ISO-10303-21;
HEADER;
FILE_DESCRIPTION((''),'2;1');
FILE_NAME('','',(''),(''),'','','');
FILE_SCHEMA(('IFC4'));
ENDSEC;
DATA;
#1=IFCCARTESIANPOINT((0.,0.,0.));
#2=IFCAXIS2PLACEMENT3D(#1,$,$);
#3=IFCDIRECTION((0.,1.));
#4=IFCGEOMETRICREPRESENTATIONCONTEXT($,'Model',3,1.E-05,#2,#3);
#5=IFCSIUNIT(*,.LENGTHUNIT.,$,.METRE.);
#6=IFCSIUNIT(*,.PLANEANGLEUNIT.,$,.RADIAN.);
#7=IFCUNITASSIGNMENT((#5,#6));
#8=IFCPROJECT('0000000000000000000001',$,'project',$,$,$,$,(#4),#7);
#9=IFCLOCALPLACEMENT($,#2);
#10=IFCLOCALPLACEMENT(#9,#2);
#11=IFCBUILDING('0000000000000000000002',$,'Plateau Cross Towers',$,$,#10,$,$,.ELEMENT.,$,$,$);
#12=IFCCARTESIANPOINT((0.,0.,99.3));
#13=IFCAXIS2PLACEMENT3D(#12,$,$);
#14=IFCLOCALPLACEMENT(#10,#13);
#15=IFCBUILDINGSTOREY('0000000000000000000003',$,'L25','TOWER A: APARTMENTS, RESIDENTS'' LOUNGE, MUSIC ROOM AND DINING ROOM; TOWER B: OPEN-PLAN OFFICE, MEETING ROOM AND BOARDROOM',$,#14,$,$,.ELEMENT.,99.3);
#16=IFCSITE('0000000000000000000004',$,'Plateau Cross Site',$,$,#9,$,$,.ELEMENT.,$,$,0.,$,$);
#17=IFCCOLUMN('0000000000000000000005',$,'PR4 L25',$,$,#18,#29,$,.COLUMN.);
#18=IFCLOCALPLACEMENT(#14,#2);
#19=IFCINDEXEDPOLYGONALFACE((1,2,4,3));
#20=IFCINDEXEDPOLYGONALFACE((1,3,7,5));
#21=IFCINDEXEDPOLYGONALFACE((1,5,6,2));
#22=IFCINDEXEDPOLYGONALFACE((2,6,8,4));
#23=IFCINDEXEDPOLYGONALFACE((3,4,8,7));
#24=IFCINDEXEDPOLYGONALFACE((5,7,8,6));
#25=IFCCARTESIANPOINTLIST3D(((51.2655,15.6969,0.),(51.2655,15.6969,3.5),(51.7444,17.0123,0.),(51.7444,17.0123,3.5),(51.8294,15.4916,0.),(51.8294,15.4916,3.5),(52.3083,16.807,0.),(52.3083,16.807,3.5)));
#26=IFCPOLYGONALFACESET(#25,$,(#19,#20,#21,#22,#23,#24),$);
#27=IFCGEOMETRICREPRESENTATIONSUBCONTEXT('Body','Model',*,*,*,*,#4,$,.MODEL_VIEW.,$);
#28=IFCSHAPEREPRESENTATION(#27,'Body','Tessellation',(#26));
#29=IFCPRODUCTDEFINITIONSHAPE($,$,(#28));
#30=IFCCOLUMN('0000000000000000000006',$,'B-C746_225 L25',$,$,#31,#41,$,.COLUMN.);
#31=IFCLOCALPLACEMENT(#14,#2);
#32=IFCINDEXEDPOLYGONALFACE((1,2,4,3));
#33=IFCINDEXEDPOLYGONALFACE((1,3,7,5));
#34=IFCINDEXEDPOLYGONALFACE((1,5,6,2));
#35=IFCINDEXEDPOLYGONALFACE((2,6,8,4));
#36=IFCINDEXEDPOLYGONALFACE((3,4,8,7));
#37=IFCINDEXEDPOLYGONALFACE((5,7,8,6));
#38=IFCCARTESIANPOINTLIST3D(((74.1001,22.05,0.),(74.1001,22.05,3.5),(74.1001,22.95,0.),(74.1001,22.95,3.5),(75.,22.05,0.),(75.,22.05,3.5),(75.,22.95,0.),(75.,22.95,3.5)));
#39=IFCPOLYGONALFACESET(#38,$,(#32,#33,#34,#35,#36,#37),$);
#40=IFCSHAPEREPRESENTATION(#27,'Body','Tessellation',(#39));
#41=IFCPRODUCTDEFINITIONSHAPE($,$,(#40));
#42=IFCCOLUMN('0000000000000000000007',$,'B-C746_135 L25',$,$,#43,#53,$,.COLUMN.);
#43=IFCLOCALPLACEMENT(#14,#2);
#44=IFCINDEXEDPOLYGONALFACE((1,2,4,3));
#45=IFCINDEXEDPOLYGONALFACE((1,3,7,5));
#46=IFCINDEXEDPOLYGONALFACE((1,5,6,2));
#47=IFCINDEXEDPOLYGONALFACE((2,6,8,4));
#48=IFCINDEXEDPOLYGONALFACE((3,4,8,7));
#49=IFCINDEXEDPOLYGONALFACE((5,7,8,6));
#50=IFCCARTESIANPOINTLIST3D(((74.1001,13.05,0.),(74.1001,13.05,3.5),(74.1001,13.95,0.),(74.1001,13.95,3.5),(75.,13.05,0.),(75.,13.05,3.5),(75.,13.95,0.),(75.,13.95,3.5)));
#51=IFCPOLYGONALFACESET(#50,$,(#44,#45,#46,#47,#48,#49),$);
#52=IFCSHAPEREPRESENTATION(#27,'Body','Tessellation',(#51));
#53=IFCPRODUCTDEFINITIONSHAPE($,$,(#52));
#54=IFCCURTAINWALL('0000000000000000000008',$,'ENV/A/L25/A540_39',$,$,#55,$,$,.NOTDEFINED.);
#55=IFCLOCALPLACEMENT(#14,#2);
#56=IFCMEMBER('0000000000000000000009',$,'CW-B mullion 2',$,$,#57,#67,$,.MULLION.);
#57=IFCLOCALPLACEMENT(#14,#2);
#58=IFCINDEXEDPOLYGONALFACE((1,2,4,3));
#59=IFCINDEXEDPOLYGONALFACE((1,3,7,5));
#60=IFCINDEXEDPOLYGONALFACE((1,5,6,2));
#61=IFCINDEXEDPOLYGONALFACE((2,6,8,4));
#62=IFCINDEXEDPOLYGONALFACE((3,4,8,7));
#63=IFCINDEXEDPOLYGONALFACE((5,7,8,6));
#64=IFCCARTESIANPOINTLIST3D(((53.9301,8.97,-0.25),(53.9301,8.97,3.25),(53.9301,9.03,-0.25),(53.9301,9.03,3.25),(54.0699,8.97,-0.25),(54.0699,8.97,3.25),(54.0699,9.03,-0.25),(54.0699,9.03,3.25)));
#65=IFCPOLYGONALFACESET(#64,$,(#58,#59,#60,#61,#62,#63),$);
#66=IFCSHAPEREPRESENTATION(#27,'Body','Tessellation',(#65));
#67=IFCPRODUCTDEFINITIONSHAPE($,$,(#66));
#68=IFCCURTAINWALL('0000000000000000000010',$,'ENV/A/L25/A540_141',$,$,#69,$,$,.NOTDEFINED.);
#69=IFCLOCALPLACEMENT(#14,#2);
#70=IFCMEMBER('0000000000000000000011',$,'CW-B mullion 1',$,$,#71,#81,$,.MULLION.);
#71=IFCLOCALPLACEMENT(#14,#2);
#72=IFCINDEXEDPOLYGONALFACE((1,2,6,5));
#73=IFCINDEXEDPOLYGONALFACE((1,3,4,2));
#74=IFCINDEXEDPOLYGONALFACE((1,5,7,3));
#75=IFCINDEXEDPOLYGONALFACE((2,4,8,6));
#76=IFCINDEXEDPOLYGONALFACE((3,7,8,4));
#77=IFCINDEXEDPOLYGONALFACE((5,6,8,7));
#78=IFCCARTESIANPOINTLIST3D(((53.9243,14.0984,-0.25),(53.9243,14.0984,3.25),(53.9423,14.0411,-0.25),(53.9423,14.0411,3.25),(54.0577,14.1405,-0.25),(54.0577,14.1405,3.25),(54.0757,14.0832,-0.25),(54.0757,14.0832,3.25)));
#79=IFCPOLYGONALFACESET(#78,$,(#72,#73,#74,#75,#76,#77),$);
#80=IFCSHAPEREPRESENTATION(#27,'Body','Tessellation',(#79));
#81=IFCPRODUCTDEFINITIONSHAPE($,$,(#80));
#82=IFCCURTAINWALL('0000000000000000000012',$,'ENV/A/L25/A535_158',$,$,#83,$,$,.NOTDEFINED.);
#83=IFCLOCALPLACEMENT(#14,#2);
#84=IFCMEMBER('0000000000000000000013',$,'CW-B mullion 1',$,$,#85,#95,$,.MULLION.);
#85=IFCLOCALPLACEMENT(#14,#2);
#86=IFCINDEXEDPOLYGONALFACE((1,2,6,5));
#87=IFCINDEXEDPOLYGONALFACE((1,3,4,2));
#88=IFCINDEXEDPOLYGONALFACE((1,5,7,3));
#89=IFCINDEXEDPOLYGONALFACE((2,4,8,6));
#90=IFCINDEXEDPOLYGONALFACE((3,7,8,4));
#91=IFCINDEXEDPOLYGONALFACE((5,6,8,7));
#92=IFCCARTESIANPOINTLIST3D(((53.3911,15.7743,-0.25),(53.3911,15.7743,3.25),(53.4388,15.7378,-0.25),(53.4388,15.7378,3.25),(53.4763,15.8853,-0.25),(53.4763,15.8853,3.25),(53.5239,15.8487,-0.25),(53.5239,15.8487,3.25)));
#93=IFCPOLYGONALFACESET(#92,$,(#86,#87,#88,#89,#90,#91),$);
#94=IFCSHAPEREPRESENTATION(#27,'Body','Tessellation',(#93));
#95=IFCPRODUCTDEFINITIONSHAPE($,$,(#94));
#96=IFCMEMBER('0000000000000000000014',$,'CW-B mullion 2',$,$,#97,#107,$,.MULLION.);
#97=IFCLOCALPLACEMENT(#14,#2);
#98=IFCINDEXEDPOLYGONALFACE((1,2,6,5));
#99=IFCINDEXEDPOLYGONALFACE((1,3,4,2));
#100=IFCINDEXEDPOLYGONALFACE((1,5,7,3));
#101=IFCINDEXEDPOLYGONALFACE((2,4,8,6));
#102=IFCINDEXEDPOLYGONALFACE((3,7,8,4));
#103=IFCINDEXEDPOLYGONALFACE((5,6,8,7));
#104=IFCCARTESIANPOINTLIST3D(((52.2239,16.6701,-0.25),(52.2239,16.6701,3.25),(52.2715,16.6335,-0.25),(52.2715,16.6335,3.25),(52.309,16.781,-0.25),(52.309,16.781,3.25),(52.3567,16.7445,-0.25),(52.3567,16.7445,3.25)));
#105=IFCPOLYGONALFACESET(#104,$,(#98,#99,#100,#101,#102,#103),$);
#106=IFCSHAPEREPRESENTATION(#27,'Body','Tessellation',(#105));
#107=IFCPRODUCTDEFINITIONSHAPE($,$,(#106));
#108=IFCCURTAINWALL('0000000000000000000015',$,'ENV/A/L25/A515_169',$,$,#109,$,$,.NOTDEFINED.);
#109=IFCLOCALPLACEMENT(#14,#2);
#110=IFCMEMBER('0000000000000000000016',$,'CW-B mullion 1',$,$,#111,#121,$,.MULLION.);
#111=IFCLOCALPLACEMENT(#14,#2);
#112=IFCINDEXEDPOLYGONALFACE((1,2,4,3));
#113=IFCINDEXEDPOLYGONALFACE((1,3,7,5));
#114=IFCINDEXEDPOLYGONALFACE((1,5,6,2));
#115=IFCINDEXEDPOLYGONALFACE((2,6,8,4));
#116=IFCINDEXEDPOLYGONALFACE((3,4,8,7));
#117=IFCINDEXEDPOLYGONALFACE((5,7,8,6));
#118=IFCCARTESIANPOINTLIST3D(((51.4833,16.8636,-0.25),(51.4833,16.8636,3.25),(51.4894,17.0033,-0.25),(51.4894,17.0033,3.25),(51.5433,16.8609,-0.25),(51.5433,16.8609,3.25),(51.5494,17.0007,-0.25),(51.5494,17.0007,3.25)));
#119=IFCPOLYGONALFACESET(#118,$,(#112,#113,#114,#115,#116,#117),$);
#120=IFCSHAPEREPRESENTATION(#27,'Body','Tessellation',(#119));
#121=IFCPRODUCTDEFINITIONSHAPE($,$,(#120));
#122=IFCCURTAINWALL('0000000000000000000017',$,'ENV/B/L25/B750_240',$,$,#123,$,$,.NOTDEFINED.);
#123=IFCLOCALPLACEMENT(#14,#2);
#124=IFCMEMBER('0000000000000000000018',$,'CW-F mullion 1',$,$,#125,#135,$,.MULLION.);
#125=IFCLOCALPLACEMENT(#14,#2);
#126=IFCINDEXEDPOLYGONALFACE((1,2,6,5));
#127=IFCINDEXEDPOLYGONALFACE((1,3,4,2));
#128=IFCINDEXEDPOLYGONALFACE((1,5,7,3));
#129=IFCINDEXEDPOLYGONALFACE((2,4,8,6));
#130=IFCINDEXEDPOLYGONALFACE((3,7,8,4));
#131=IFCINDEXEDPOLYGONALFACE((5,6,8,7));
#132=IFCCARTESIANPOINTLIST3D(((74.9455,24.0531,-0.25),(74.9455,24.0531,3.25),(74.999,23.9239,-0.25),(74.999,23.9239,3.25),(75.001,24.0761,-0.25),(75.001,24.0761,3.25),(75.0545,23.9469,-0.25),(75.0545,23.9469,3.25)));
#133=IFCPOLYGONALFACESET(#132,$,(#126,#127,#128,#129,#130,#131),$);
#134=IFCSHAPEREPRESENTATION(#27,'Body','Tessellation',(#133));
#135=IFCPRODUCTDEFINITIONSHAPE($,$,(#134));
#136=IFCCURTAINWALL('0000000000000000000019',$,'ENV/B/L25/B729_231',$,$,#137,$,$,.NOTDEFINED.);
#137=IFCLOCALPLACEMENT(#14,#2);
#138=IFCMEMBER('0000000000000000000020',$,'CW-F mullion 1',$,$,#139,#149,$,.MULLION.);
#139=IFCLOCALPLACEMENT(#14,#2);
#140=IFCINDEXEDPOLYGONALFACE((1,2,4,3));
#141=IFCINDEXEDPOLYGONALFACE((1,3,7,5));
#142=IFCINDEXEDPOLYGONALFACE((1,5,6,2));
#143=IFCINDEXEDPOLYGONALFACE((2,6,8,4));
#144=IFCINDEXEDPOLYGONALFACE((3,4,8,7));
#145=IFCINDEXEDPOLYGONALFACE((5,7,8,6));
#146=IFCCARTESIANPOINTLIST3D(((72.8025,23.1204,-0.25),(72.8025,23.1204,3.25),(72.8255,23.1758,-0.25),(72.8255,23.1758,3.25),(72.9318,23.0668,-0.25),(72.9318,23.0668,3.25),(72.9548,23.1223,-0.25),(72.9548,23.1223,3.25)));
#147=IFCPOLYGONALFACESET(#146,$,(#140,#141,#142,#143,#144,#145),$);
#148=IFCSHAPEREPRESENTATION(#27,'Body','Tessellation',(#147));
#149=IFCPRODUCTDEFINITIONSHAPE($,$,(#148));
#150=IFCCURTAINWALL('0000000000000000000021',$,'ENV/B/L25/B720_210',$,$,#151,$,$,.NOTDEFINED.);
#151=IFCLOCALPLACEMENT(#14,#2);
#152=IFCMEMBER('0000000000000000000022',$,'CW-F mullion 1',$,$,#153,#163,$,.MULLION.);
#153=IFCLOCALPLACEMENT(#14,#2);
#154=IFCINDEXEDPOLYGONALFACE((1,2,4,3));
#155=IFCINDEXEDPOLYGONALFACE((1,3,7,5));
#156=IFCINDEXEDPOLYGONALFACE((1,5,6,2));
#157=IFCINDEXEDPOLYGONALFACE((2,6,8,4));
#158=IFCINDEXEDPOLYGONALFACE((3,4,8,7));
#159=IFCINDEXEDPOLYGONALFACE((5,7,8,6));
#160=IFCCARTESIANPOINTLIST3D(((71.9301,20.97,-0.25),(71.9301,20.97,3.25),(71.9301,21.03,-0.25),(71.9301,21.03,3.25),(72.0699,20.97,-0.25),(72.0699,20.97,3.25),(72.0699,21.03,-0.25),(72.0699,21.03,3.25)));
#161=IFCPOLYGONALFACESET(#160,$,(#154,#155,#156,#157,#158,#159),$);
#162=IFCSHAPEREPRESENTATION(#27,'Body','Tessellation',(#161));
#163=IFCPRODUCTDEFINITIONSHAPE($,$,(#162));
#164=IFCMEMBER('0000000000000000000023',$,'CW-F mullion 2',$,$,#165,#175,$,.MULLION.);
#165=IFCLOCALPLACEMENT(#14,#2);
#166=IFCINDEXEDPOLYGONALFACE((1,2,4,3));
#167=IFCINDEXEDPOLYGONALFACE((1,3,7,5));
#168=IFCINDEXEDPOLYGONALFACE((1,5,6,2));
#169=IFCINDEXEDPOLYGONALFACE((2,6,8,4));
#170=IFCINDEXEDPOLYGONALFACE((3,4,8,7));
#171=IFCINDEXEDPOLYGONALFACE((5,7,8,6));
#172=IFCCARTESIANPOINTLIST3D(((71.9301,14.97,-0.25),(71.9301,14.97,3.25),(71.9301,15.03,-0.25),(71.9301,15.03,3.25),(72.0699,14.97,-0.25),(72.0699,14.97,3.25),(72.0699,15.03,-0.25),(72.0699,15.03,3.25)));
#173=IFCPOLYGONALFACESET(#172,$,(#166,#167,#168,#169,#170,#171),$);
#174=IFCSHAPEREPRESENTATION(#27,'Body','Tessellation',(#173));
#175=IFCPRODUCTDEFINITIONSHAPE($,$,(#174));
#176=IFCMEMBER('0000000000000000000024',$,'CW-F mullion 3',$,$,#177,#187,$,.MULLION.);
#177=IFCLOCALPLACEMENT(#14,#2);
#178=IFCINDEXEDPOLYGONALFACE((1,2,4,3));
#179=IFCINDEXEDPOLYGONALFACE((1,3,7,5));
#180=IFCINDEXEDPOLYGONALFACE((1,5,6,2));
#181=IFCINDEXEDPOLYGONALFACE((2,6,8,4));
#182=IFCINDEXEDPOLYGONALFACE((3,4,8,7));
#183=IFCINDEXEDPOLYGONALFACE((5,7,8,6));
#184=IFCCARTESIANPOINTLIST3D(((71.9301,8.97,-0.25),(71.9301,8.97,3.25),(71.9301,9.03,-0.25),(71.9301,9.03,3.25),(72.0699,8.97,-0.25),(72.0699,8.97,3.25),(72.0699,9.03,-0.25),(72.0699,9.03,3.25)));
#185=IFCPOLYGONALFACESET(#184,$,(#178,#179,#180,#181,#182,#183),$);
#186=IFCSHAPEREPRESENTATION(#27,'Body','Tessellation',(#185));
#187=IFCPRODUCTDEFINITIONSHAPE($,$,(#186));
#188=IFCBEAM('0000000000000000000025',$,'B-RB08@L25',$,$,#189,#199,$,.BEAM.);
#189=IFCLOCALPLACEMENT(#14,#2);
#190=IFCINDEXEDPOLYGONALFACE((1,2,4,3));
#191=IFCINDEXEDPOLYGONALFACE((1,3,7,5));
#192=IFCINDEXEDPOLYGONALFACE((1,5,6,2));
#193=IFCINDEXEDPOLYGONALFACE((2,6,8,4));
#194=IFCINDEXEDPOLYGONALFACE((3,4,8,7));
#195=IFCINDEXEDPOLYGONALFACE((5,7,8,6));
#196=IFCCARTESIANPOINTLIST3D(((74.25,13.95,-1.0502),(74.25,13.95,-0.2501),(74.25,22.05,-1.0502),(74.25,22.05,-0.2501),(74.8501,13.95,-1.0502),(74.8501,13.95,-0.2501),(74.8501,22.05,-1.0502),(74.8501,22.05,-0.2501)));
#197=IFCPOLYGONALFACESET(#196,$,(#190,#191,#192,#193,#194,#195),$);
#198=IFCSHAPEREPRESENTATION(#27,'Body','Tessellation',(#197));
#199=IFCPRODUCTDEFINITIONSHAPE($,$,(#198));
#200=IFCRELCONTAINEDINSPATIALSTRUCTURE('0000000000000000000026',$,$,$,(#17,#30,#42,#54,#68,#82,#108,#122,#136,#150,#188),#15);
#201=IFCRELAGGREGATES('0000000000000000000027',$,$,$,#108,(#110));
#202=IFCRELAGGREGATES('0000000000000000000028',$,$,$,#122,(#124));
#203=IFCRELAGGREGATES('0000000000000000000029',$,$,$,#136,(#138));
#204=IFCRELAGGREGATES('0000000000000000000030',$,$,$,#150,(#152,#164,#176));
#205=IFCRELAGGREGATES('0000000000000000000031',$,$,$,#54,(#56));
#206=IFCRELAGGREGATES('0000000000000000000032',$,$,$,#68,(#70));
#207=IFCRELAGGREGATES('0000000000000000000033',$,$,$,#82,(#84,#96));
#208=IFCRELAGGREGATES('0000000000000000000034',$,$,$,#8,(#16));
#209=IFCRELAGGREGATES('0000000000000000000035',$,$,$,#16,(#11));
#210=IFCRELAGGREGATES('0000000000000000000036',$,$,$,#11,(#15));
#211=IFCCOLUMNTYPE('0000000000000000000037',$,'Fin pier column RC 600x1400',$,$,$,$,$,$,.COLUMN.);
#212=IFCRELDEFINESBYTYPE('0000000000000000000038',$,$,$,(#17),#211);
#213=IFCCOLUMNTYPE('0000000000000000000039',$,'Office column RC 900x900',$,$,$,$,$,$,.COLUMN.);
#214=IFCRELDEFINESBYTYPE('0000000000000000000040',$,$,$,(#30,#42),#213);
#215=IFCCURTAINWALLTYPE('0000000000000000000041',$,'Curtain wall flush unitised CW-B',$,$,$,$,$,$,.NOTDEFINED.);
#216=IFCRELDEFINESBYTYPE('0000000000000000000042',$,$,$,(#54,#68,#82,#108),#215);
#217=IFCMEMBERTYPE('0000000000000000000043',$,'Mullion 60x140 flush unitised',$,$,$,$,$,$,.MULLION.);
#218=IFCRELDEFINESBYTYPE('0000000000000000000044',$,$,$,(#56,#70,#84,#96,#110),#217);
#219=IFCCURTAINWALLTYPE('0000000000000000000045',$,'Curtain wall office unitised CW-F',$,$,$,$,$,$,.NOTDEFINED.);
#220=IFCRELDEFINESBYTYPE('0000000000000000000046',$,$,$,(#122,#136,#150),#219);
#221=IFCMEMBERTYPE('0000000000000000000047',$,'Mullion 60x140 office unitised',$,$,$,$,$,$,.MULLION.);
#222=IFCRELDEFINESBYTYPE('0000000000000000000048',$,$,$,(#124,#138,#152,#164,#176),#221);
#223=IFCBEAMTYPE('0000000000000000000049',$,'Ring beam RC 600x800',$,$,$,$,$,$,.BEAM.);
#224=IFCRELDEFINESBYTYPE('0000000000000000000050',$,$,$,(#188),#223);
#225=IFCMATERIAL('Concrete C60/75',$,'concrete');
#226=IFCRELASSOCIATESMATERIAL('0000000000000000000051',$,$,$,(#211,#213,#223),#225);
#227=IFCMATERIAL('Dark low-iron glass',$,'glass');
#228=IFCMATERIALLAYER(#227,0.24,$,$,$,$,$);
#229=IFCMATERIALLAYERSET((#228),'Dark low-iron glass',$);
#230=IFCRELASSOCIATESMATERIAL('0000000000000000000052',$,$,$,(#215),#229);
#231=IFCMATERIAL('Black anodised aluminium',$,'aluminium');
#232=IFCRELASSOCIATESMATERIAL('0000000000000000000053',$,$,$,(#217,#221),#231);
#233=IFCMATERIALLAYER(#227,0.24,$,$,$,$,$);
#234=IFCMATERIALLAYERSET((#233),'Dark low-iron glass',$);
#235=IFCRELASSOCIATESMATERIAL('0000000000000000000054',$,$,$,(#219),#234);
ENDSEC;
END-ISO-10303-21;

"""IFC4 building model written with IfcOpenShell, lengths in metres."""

from ifc_helpers import new_model, si_unit, direction, frame, origin, origin_2d, place, context, subcontext, project, spatial, rectangle, extrude, material, layer, layer_set, material_profile, profile_set, type_object, element, aggregate, save


model = new_model("IFC4")

# Units and contexts
model_context = context("Model", 3, precision=1e-05, world=origin(), true_north=direction((0.0, 1.0)))
body_context = subcontext(model_context, "Body", "Model", "MODEL_VIEW")
ifc_project = project(units=[si_unit("LENGTHUNIT", "METRE"), si_unit("PLANEANGLEUNIT", "RADIAN")], contexts=[model_context])

# Site, building, storey
site_placement = place(None, origin())
site = spatial("IfcSite", under=ifc_project, at=site_placement, Name="Plateau Cross Site", CompositionType="ELEMENT", RefElevation=0.0)
building_placement = place(site_placement, origin())
building = spatial("IfcBuilding", under=site, at=building_placement, Name="Plateau Cross Towers", CompositionType="ELEMENT")
storey_placement = place(building_placement, frame((0.0, 0.0, 99.3)))
storey = spatial("IfcBuildingStorey", under=building, at=storey_placement, Name="L25", Description="TOWER A: APARTMENTS, RESIDENTS' LOUNGE, MUSIC ROOM AND DINING ROOM; TOWER B: OPEN-PLAN OFFICE, MEETING ROOM AND BOARDROOM", CompositionType="ELEMENT", Elevation=99.3)

# Columns
ifc_material_1 = material(Name="Concrete C60/75", Category="concrete")
ifc_material_profile_1 = material_profile(ifc_material_1, rectangle(XDim=0.6001, YDim=1.3999, at=origin_2d()), Name="RC 600x1400")
ifc_profile_set_1 = profile_set([ifc_material_profile_1], Name="Concrete C60/75")
column_type_1 = type_object("IfcColumnType", Name="Fin pier column RC 600x1400", PredefinedType="COLUMN", material=ifc_profile_set_1)
column_placement = place(storey_placement, frame((51.7869, 16.252, 0.0), z_axis=(0.0, 0.0, 1.0), x_axis=(-0.939664, 0.342098, 0.0)))
element("IfcColumn", 1, at=column_placement, inside=storey, type_object=column_type_1, Name="PR4 L25", PredefinedType="COLUMN", context=body_context, shape_type="SweptSolid", body=[
    extrude(rectangle(XDim=0.6001, YDim=1.3999, at=origin_2d()), origin(), (0.0, 0.0, 1.0), 3.5),
])
ifc_material_profile_2 = material_profile(ifc_material_1, rectangle(XDim=0.8999, YDim=0.8999, at=origin_2d()), Name="RC 900x900")
ifc_profile_set_2 = profile_set([ifc_material_profile_2], Name="Concrete C60/75")
column_type_2 = type_object("IfcColumnType", Name="Office column RC 900x900", PredefinedType="COLUMN", material=ifc_profile_set_2)
for number, where, z_axis, x_axis, name in (
    (2, (74.55, 22.5, 0.0), (0.0, 0.0, 1.0), (1.0, 0.0, 0.0), "B-C746_225 L25"),
    (3, (74.55, 13.5, 0.0), (0.0, 0.0, 1.0), (1.0, 0.0, 0.0), "B-C746_135 L25"),
):
    element("IfcColumn", number, at=place(storey_placement, frame(where, z_axis=z_axis, x_axis=x_axis)), inside=storey, type_object=column_type_2, Name=name, PredefinedType="COLUMN", context=body_context, shape_type="SweptSolid", body=[
        extrude(rectangle(XDim=0.8999, YDim=0.8999, at=origin_2d()), origin(), (0.0, 0.0, 1.0), 3.5),
    ])

# Curtain walls, members
ifc_material_2 = material(Name="Dark low-iron glass", Category="glass")
ifc_layer_1 = layer(ifc_material_2, 0.24)
ifc_layer_set_1 = layer_set([ifc_layer_1], Name="Dark low-iron glass")
curtain_wall_type_1 = type_object("IfcCurtainWallType", Name="Curtain wall flush unitised CW-B", PredefinedType="NOTDEFINED", material=ifc_layer_set_1)
curtain_wall_1_placement = place(storey_placement, origin())
curtain_wall_1 = element("IfcCurtainWall", 4, at=curtain_wall_1_placement, inside=storey, type_object=curtain_wall_type_1, Name="ENV/A/L25/A540_39", PredefinedType="NOTDEFINED")
ifc_material_3 = material(Name="Black anodised aluminium", Category="aluminium")
ifc_material_profile_3 = material_profile(ifc_material_3, rectangle(XDim=0.0601, YDim=0.1399, at=origin_2d()), Name="MULLION 60x140")
ifc_profile_set_3 = profile_set([ifc_material_profile_3], Name="Black anodised aluminium")
member_type_1 = type_object("IfcMemberType", Name="Mullion 60x140 flush unitised", PredefinedType="MULLION", material=ifc_profile_set_3)
member_1_placement = place(storey_placement, frame((54.0, 9.0, -0.25), z_axis=(0.0, 0.0, 1.0), x_axis=(0.0, 1.0, 0.0)))
member_1 = element("IfcMember", 5, at=member_1_placement, type_object=member_type_1, Name="CW-B mullion 2", PredefinedType="MULLION", context=body_context, shape_type="SweptSolid", body=[
    extrude(rectangle(XDim=0.0601, YDim=0.1399, at=origin_2d()), origin(), (0.0, 0.0, 1.0), 3.5),
])
curtain_wall_2_placement = place(storey_placement, origin())
curtain_wall_2 = element("IfcCurtainWall", 6, at=curtain_wall_2_placement, inside=storey, type_object=curtain_wall_type_1, Name="ENV/A/L25/A540_141", PredefinedType="NOTDEFINED")
member_2_placement = place(storey_placement, frame((54.0, 14.0908, -0.25), z_axis=(0.0, 0.0, 1.0), x_axis=(-0.300686, 0.953723, 0.0)))
member_2 = element("IfcMember", 7, at=member_2_placement, type_object=member_type_1, Name="CW-B mullion 1", PredefinedType="MULLION", context=body_context, shape_type="SweptSolid", body=[
    extrude(rectangle(XDim=0.0601, YDim=0.1399, at=origin_2d()), origin(), (0.0, 0.0, 1.0), 3.5),
])

# Curtain wall, members
curtain_wall_3_placement = place(storey_placement, origin())
curtain_wall_3 = element("IfcCurtainWall", 8, at=curtain_wall_3_placement, inside=storey, type_object=curtain_wall_type_1, Name="ENV/A/L25/A535_158", PredefinedType="NOTDEFINED")
member_3_placement = place(storey_placement, frame((53.4575, 15.8115, -0.25), z_axis=(0.0, 0.0, 1.0), x_axis=(-0.793316, 0.608811, 0.0)))
member_3 = element("IfcMember", 9, at=member_3_placement, type_object=member_type_1, Name="CW-B mullion 1", PredefinedType="MULLION", context=body_context, shape_type="SweptSolid", body=[
    extrude(rectangle(XDim=0.0601, YDim=0.1399, at=origin_2d()), origin(), (0.0, 0.0, 1.0), 3.5),
])
member_4_placement = place(storey_placement, frame((52.2903, 16.7073, -0.25), z_axis=(0.0, 0.0, 1.0), x_axis=(-0.793316, 0.608811, 0.0)))
member_4 = element("IfcMember", 10, at=member_4_placement, type_object=member_type_1, Name="CW-B mullion 2", PredefinedType="MULLION", context=body_context, shape_type="SweptSolid", body=[
    extrude(rectangle(XDim=0.0601, YDim=0.1399, at=origin_2d()), origin(), (0.0, 0.0, 1.0), 3.5),
])

# Curtain walls, members
curtain_wall_4_placement = place(storey_placement, origin())
curtain_wall_4 = element("IfcCurtainWall", 11, at=curtain_wall_4_placement, inside=storey, type_object=curtain_wall_type_1, Name="ENV/A/L25/A515_169", PredefinedType="NOTDEFINED")
member_5_placement = place(storey_placement, frame((51.5164, 16.9321, -0.25), z_axis=(0.0, 0.0, 1.0), x_axis=(-0.999044, 0.043723, 0.0)))
member_5 = element("IfcMember", 12, at=member_5_placement, type_object=member_type_1, Name="CW-B mullion 1", PredefinedType="MULLION", context=body_context, shape_type="SweptSolid", body=[
    extrude(rectangle(XDim=0.0601, YDim=0.1399, at=origin_2d()), origin(), (0.0, 0.0, 1.0), 3.5),
])
ifc_layer_2 = layer(ifc_material_2, 0.24)
ifc_layer_set_2 = layer_set([ifc_layer_2], Name="Dark low-iron glass")
curtain_wall_type_2 = type_object("IfcCurtainWallType", Name="Curtain wall office unitised CW-F", PredefinedType="NOTDEFINED", material=ifc_layer_set_2)
curtain_wall_5_placement = place(storey_placement, origin())
curtain_wall_5 = element("IfcCurtainWall", 13, at=curtain_wall_5_placement, inside=storey, type_object=curtain_wall_type_2, Name="ENV/B/L25/B750_240", PredefinedType="NOTDEFINED")
ifc_material_profile_4 = material_profile(ifc_material_3, rectangle(XDim=0.0601, YDim=0.1399, at=origin_2d()), Name="MULLION 60x140")
ifc_profile_set_4 = profile_set([ifc_material_profile_4], Name="Black anodised aluminium")
member_type_2 = type_object("IfcMemberType", Name="Mullion 60x140 office unitised", PredefinedType="MULLION", material=ifc_profile_set_4)
member_6_placement = place(storey_placement, frame((75.0, 24.0, -0.25), z_axis=(0.0, 0.0, 1.0), x_axis=(-0.923879, -0.382684, 0.0)))
member_6 = element("IfcMember", 14, at=member_6_placement, type_object=member_type_2, Name="CW-F mullion 1", PredefinedType="MULLION", context=body_context, shape_type="SweptSolid", body=[
    extrude(rectangle(XDim=0.0601, YDim=0.1399, at=origin_2d()), origin(), (0.0, 0.0, 1.0), 3.5),
])
curtain_wall_6_placement = place(storey_placement, origin())
curtain_wall_6 = element("IfcCurtainWall", 15, at=curtain_wall_6_placement, inside=storey, type_object=curtain_wall_type_2, Name="ENV/B/L25/B729_231", PredefinedType="NOTDEFINED")
member_7_placement = place(storey_placement, frame((72.8787, 23.1213, -0.25), z_axis=(0.0, 0.0, 1.0), x_axis=(-0.382684, -0.923879, 0.0)))
member_7 = element("IfcMember", 16, at=member_7_placement, type_object=member_type_2, Name="CW-F mullion 1", PredefinedType="MULLION", context=body_context, shape_type="SweptSolid", body=[
    extrude(rectangle(XDim=0.0601, YDim=0.1399, at=origin_2d()), origin(), (0.0, 0.0, 1.0), 3.5),
])

# Curtain wall, members
curtain_wall_7_placement = place(storey_placement, origin())
curtain_wall_7 = element("IfcCurtainWall", 17, at=curtain_wall_7_placement, inside=storey, type_object=curtain_wall_type_2, Name="ENV/B/L25/B720_210", PredefinedType="NOTDEFINED")
member_8_placement = place(storey_placement, frame((72.0, 21.0, -0.25), z_axis=(0.0, 0.0, 1.0), x_axis=(0.0, -1.0, 0.0)))
member_8 = element("IfcMember", 18, at=member_8_placement, type_object=member_type_2, Name="CW-F mullion 1", PredefinedType="MULLION", context=body_context, shape_type="SweptSolid", body=[
    extrude(rectangle(XDim=0.0601, YDim=0.1399, at=origin_2d()), origin(), (0.0, 0.0, 1.0), 3.5),
])
member_9_placement = place(storey_placement, frame((72.0, 15.0, -0.25), z_axis=(0.0, 0.0, 1.0), x_axis=(0.0, -1.0, 0.0)))
member_9 = element("IfcMember", 19, at=member_9_placement, type_object=member_type_2, Name="CW-F mullion 2", PredefinedType="MULLION", context=body_context, shape_type="SweptSolid", body=[
    extrude(rectangle(XDim=0.0601, YDim=0.1399, at=origin_2d()), origin(), (0.0, 0.0, 1.0), 3.5),
])
member_10_placement = place(storey_placement, frame((72.0, 9.0, -0.25), z_axis=(0.0, 0.0, 1.0), x_axis=(0.0, -1.0, 0.0)))
member_10 = element("IfcMember", 20, at=member_10_placement, type_object=member_type_2, Name="CW-F mullion 3", PredefinedType="MULLION", context=body_context, shape_type="SweptSolid", body=[
    extrude(rectangle(XDim=0.0601, YDim=0.1399, at=origin_2d()), origin(), (0.0, 0.0, 1.0), 3.5),
])

# Beam
ifc_material_profile_5 = material_profile(ifc_material_1, rectangle(XDim=0.6001, YDim=0.8, at=origin_2d()), Name="RC 600x800")
ifc_profile_set_5 = profile_set([ifc_material_profile_5], Name="Concrete C60/75")
beam_type = type_object("IfcBeamType", Name="Ring beam RC 600x800", PredefinedType="BEAM", material=ifc_profile_set_5)
for number, where, z_axis, x_axis, name in (
    (21, (74.55, 22.05, -0.6501), (0.0, -1.0, 0.0), (1.0, 0.0, 0.0), "B-RB08@L25"),
):
    element("IfcBeam", number, at=place(storey_placement, frame(where, z_axis=z_axis, x_axis=x_axis)), inside=storey, type_object=beam_type, Name=name, PredefinedType="BEAM", context=body_context, shape_type="SweptSolid", body=[
        extrude(rectangle(XDim=0.6001, YDim=0.8, at=origin_2d()), origin(), (0.0, 0.0, 1.0), 8.1001),
    ])

aggregate(curtain_wall_4, [member_5])

aggregate(curtain_wall_5, [member_6])
aggregate(curtain_wall_6, [member_7])
aggregate(curtain_wall_7, [member_8, member_9, member_10])
aggregate(curtain_wall_1, [member_1])
aggregate(curtain_wall_2, [member_2])
aggregate(curtain_wall_3, [member_3, member_4])

save(model, "model.ifc")
